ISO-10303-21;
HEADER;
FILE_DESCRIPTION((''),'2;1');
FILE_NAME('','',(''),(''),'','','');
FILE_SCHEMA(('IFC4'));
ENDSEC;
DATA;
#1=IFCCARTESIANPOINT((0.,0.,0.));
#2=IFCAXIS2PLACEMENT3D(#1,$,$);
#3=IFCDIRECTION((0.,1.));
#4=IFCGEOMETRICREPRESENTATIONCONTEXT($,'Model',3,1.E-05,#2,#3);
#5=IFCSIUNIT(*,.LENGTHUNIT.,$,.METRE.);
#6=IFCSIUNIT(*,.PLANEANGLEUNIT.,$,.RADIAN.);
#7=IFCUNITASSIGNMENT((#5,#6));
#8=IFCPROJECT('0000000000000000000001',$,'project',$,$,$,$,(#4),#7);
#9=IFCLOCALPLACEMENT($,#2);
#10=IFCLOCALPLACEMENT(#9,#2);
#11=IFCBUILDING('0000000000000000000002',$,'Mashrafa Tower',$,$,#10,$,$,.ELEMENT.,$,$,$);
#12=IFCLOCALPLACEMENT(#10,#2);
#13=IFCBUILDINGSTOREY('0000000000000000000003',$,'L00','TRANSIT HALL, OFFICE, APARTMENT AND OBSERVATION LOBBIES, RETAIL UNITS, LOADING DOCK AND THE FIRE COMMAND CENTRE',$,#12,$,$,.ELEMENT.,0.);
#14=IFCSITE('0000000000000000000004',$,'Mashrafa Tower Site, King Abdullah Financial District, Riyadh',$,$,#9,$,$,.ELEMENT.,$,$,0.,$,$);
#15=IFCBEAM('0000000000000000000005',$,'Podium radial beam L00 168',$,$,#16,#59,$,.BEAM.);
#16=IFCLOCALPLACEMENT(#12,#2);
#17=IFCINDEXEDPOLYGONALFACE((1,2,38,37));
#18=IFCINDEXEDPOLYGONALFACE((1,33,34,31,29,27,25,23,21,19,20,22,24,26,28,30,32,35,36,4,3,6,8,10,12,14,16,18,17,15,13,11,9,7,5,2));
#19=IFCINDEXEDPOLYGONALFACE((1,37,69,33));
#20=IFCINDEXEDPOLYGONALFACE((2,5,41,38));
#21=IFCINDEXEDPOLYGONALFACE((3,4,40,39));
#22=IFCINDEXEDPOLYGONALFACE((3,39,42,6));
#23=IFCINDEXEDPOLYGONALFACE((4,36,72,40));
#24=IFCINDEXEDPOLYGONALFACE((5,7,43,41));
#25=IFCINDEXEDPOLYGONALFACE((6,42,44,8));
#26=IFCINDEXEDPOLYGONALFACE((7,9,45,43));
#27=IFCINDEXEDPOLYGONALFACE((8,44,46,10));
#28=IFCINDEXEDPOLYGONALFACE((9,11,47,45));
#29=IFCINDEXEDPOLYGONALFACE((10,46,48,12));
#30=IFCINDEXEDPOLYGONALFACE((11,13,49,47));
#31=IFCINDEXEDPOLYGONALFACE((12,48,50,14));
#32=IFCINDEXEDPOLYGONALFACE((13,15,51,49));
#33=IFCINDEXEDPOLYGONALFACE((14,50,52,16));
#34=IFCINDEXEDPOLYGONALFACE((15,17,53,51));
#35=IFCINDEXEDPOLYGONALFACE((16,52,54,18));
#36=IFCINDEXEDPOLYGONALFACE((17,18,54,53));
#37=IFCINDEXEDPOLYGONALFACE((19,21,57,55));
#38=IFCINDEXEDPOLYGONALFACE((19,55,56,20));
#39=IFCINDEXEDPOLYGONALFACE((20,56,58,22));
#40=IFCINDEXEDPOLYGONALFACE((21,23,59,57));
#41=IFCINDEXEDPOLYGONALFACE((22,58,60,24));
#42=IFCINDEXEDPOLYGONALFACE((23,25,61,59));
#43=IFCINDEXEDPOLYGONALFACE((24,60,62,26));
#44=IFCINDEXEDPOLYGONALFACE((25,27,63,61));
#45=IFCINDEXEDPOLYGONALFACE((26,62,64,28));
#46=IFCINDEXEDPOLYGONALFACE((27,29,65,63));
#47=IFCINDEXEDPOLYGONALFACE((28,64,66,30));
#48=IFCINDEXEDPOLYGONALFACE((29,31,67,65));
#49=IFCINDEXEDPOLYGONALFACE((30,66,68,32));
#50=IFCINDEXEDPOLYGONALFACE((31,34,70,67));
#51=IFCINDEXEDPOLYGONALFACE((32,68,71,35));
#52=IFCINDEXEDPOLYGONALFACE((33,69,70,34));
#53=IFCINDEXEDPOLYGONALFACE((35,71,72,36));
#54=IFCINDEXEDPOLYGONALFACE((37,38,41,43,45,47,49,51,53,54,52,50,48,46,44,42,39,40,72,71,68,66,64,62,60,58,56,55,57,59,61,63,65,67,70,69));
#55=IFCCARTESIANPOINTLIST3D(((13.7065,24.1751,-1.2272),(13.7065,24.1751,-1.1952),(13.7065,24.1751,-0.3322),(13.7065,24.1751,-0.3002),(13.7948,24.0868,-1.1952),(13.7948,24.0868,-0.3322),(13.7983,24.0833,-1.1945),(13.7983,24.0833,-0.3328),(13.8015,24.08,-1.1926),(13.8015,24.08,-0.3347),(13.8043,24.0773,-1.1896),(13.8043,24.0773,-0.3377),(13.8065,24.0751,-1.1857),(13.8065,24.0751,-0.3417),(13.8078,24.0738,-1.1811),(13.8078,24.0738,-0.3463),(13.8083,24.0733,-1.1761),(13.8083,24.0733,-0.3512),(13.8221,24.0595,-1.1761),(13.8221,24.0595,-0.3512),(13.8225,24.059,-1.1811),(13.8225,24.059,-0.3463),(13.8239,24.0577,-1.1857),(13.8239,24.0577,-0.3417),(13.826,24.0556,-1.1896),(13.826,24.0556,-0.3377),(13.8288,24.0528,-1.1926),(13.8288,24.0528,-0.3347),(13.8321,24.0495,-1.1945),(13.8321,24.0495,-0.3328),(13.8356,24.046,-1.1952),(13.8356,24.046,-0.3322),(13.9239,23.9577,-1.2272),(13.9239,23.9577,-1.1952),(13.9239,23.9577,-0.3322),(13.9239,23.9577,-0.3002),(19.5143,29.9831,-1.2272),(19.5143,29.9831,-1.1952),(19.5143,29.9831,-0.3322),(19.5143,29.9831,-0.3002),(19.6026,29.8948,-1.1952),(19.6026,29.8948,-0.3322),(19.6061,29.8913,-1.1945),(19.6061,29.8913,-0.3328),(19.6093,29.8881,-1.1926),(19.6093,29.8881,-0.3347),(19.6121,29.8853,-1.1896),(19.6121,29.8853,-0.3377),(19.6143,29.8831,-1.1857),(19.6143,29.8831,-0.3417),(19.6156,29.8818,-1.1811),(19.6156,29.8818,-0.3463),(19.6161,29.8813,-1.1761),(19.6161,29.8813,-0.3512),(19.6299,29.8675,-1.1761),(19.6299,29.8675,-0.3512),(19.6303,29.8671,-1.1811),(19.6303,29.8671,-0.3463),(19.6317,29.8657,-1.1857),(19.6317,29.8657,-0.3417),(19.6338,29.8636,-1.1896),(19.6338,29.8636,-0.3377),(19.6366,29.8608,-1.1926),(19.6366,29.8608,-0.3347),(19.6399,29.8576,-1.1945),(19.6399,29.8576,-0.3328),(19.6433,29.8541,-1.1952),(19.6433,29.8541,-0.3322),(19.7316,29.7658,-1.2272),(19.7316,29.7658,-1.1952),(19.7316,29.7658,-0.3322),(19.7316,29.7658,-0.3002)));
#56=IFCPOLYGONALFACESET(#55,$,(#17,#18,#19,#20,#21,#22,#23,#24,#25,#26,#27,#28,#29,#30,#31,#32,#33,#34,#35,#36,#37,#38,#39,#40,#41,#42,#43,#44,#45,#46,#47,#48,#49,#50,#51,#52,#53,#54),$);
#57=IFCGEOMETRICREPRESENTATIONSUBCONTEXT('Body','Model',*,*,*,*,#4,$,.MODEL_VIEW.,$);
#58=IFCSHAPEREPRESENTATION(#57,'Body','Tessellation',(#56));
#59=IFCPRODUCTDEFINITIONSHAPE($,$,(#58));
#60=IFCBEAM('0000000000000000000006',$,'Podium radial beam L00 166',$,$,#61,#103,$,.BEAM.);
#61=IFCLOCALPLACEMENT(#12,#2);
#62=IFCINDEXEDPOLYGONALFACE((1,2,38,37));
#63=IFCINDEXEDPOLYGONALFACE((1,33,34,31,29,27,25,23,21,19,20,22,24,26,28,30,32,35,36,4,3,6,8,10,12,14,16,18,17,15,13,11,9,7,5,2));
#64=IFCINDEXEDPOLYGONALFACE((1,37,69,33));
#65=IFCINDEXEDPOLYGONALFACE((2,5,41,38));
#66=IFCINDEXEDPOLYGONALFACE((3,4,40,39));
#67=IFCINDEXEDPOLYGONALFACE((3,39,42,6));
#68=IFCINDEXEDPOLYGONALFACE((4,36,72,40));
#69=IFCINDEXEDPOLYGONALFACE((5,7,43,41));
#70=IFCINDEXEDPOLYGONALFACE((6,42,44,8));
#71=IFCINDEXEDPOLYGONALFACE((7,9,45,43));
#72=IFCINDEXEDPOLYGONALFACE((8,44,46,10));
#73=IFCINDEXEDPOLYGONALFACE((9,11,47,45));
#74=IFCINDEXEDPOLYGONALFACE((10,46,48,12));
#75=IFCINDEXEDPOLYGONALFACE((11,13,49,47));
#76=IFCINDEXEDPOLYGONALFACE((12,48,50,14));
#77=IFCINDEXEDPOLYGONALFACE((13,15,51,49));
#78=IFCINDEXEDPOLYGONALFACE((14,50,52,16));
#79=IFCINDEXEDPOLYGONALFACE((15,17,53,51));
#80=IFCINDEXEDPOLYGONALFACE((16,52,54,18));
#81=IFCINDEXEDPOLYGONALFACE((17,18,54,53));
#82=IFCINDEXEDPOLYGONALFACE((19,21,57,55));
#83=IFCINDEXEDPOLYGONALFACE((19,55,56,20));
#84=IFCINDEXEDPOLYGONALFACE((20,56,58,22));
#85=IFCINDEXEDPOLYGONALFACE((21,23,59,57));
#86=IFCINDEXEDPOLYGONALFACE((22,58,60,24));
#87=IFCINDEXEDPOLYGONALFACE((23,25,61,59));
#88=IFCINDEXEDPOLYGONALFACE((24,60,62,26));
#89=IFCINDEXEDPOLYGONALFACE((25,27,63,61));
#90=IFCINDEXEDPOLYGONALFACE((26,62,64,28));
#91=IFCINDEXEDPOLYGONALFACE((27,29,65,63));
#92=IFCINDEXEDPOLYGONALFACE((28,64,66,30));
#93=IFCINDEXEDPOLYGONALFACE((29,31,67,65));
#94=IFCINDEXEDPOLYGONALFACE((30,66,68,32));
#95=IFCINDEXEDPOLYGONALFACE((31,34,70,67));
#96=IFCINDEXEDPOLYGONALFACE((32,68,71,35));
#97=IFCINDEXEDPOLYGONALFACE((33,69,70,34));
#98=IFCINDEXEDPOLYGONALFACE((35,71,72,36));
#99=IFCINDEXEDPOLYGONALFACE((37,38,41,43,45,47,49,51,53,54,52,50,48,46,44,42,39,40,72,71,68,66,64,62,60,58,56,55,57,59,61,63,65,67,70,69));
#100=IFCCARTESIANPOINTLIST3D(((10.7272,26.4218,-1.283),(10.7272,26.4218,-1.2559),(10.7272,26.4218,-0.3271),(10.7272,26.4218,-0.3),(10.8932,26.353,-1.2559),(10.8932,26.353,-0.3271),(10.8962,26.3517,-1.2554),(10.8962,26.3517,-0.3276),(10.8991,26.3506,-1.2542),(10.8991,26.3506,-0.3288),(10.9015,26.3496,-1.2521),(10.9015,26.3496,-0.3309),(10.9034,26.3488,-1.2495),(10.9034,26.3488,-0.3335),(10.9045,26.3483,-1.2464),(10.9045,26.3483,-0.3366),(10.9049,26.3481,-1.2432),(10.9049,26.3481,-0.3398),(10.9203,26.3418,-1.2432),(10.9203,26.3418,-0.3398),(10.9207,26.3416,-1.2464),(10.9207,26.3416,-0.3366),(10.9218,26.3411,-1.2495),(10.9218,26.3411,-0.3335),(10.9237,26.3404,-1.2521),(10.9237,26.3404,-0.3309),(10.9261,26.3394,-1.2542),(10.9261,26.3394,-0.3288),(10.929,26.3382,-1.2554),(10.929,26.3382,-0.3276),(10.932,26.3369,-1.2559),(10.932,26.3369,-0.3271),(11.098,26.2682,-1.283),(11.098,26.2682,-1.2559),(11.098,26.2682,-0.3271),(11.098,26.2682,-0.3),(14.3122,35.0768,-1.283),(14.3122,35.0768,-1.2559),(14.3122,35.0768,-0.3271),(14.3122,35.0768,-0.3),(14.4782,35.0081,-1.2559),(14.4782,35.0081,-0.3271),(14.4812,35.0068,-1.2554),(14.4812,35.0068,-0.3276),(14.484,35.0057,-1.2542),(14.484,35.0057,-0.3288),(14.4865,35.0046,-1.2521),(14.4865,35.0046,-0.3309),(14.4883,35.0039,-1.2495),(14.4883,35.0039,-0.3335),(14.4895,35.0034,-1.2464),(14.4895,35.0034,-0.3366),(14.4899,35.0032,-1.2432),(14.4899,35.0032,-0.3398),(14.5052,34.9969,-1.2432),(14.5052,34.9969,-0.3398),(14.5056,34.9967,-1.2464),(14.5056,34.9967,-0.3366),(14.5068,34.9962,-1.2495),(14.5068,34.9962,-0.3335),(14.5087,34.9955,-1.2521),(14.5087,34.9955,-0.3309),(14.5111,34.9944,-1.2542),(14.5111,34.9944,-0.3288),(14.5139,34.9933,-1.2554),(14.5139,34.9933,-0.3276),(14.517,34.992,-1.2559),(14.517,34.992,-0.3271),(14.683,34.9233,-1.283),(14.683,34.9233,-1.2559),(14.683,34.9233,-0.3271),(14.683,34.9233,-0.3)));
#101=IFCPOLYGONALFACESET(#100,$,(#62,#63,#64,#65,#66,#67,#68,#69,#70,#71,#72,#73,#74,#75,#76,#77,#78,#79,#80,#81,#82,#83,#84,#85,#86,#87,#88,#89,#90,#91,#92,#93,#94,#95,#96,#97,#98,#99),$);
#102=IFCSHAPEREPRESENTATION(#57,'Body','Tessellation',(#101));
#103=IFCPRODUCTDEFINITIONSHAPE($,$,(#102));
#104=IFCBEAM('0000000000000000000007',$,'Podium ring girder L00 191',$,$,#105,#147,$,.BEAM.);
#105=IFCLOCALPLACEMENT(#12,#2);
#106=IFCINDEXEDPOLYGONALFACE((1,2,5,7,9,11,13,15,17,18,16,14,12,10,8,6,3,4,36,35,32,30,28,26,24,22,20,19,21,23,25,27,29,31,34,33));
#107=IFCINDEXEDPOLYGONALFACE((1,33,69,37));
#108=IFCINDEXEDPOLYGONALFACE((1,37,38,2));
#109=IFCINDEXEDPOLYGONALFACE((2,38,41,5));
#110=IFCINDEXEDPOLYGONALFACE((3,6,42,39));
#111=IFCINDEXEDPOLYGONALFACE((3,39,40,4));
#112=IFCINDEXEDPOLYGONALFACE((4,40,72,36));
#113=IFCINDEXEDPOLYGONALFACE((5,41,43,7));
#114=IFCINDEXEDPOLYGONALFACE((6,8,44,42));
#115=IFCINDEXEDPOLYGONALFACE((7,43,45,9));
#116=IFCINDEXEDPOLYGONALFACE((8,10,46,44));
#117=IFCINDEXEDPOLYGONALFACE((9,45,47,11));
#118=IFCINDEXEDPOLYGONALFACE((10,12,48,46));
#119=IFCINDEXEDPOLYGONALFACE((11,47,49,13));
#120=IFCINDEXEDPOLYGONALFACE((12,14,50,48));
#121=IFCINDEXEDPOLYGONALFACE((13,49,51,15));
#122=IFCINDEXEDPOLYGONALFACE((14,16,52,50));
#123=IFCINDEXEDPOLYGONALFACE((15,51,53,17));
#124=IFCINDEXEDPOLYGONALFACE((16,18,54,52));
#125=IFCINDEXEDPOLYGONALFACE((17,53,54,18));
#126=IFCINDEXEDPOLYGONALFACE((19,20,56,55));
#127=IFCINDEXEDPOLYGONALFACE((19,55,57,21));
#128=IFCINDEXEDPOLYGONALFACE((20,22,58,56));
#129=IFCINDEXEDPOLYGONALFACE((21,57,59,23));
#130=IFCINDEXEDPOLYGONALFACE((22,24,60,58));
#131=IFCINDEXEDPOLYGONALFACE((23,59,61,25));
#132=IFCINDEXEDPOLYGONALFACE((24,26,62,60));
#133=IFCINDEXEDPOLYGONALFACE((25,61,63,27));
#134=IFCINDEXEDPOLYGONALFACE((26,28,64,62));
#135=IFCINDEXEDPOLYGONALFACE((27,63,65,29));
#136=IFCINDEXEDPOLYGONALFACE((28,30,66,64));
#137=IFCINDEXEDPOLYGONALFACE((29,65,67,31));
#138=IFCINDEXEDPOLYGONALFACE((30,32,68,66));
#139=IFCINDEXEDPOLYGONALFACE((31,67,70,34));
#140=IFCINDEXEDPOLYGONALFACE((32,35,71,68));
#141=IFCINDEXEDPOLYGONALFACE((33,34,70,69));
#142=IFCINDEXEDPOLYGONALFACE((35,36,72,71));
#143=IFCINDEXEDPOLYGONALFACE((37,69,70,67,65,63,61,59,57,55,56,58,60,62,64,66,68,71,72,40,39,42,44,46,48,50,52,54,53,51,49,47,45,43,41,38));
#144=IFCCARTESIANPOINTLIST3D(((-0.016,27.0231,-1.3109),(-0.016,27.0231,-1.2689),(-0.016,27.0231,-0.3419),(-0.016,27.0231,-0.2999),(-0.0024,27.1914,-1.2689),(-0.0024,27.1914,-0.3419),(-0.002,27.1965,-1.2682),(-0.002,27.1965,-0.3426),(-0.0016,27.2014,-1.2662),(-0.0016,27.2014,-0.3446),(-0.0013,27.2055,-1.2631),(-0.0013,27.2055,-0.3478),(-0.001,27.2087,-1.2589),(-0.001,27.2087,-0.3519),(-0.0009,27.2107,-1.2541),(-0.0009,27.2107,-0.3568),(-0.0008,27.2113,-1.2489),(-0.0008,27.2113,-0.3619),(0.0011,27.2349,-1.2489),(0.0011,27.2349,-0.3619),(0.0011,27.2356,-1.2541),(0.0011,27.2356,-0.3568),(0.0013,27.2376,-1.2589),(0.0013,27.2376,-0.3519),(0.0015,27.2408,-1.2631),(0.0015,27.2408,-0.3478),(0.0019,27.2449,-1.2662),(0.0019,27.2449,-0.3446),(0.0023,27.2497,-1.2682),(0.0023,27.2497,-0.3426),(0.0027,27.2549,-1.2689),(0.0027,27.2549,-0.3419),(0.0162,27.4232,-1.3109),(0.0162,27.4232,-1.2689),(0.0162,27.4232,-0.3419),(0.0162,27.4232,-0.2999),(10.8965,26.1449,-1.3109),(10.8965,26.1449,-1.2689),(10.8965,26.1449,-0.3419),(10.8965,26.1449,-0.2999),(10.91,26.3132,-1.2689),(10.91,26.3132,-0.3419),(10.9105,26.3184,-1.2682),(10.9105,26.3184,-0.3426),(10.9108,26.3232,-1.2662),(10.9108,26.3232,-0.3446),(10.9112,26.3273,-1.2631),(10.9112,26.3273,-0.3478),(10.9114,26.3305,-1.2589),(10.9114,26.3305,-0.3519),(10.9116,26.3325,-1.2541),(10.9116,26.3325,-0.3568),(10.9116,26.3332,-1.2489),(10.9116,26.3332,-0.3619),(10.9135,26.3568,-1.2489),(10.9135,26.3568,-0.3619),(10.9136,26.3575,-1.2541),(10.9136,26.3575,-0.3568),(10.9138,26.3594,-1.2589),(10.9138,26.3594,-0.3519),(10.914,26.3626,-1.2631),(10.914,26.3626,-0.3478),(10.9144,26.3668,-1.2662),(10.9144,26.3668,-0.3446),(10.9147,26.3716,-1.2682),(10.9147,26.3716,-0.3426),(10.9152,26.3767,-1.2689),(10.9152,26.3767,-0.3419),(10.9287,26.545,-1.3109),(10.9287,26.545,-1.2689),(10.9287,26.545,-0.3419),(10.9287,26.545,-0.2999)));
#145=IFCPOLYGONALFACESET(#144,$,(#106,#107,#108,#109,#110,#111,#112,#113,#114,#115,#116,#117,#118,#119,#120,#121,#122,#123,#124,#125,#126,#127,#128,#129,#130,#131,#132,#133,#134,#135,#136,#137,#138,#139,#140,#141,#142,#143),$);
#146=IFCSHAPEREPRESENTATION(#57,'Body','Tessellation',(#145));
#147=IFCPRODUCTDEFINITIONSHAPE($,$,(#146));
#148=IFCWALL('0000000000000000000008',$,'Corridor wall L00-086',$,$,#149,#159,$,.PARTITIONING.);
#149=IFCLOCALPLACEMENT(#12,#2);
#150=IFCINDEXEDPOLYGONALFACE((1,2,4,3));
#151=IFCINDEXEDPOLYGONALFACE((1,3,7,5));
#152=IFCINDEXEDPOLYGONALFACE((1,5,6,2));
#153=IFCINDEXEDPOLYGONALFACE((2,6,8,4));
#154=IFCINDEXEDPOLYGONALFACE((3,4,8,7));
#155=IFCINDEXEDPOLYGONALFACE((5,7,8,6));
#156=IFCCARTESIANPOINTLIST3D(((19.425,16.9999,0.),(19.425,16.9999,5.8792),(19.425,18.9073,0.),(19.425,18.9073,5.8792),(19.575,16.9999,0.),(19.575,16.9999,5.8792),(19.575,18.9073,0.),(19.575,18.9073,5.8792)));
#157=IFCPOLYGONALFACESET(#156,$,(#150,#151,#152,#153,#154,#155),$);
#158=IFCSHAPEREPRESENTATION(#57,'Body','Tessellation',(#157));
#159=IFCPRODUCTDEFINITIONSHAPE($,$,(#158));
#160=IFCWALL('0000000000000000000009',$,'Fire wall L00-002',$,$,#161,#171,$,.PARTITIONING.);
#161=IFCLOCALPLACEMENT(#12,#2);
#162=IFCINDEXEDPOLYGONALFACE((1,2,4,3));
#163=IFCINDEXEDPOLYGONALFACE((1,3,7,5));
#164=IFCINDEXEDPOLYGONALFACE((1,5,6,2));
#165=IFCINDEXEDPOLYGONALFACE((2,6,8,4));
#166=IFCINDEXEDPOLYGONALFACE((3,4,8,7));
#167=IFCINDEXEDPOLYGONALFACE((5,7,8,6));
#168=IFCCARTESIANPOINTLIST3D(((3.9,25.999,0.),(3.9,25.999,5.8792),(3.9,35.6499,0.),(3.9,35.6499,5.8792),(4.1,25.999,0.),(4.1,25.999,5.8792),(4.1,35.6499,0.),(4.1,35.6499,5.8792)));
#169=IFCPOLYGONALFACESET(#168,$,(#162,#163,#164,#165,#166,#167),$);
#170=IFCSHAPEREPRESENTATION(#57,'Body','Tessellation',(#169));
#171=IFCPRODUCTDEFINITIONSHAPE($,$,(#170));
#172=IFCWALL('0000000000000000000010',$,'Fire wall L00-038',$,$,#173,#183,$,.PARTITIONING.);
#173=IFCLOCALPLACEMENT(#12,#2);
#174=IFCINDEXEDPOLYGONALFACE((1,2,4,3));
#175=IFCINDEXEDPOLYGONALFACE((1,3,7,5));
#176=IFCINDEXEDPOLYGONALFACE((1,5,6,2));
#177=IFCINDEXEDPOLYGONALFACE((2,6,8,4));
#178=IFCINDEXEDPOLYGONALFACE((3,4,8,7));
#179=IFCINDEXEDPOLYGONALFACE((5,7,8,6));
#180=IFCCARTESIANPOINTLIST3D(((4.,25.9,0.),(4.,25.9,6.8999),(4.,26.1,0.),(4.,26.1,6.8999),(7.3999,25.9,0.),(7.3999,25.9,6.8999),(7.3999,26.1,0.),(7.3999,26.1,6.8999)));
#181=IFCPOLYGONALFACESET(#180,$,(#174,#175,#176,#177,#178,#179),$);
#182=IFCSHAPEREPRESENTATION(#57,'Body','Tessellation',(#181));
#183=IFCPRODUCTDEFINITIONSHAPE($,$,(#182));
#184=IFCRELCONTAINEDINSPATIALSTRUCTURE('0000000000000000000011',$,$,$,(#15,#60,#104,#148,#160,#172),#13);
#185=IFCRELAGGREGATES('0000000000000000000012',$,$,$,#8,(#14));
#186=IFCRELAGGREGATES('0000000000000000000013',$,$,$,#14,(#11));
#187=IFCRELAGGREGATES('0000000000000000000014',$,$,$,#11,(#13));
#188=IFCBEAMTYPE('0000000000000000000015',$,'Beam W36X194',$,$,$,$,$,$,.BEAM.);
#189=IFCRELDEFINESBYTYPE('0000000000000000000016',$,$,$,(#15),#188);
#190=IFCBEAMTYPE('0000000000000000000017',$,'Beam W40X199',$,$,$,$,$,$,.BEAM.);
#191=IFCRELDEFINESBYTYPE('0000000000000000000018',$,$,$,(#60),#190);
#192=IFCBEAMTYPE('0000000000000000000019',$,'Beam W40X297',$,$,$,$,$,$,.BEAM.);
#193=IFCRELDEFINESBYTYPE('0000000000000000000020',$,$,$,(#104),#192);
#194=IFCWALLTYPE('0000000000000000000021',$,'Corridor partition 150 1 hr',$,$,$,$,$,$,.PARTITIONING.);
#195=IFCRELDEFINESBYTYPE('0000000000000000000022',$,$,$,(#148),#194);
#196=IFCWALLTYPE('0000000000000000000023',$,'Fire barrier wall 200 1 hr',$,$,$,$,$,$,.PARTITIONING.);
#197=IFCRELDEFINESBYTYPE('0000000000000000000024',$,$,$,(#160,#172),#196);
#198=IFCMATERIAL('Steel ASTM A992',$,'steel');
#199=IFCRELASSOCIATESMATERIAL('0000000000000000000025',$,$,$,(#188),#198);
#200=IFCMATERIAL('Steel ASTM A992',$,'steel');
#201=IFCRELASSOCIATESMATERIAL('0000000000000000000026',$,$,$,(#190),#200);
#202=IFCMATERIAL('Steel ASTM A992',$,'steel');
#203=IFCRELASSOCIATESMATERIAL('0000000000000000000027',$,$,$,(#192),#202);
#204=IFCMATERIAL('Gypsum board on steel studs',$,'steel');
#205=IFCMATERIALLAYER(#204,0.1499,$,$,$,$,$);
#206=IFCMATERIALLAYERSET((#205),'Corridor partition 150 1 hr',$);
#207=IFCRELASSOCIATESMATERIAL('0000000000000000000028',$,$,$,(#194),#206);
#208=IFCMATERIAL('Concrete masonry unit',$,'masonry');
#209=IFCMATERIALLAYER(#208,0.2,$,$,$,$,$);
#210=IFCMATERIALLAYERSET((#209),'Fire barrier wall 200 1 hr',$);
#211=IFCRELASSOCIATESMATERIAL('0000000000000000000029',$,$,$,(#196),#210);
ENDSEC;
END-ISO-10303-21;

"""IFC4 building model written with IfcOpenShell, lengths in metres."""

from ifc_helpers import new_model, si_unit, direction, frame, frame_2d, origin, origin_2d, place, context, subcontext, project, spatial, rectangle, i_section, extrude, material, layer, layer_set, material_profile, profile_set, type_object, element, save


model = new_model("IFC4")

# Units and contexts
model_context = context("Model", 3, precision=1e-05, world=origin(), true_north=direction((0.0, 1.0)))
body_context = subcontext(model_context, "Body", "Model", "MODEL_VIEW")
ifc_project = project(units=[si_unit("LENGTHUNIT", "METRE"), si_unit("PLANEANGLEUNIT", "RADIAN")], contexts=[model_context])

# Site, building, storey
site_placement = place(None, origin())
site = spatial("IfcSite", under=ifc_project, at=site_placement, Name="Mashrafa Tower Site, King Abdullah Financial District, Riyadh", CompositionType="ELEMENT", RefElevation=0.0)
building_placement = place(site_placement, origin())
building = spatial("IfcBuilding", under=site, at=building_placement, Name="Mashrafa Tower", CompositionType="ELEMENT")
storey_placement = place(building_placement, origin())
storey = spatial("IfcBuildingStorey", under=building, at=storey_placement, Name="L00", Description="TRANSIT HALL, OFFICE, APARTMENT AND OBSERVATION LOBBIES, RETAIL UNITS, LOADING DOCK AND THE FIRE COMMAND CENTRE", CompositionType="ELEMENT", Elevation=0.0)

# Beams
ifc_material_1 = material(Name="Steel ASTM A992", Category="steel")
ifc_material_profile_1 = material_profile(ifc_material_1, i_section(OverallWidth=0.3074, OverallDepth=0.927, WebThickness=0.0195, FlangeThickness=0.032, FilletRadius=0.019, at=origin_2d()), Name="W36X194")
ifc_profile_set_1 = profile_set([ifc_material_profile_1], Name="Steel ASTM A992")
beam_type_1 = type_object("IfcBeamType", Name="Beam W36X194", PredefinedType="BEAM", material=ifc_profile_set_1)
beam_1_placement = place(storey_placement, frame((13.8152, 24.0664, -0.7637), z_axis=(0.707092, 0.707122, 0.0), x_axis=(-0.707122, 0.707092, 0.0)))
element("IfcBeam", 1, at=beam_1_placement, inside=storey, type_object=beam_type_1, Name="Podium radial beam L00 168", PredefinedType="BEAM", context=body_context, shape_type="SweptSolid", body=[
    extrude(i_section(OverallWidth=0.3074, OverallDepth=0.927, WebThickness=0.0195, FlangeThickness=0.032, FilletRadius=0.019, at=origin_2d()), origin(), (0.0, 0.0, 1.0), 8.2136),
])
ifc_material_2 = material(Name="Steel ASTM A992", Category="steel")
ifc_material_profile_2 = material_profile(ifc_material_2, i_section(OverallWidth=0.4014, OverallDepth=0.9829, WebThickness=0.0166, FlangeThickness=0.0271, FilletRadius=0.0127, at=origin_2d()), Name="W40X199")
ifc_profile_set_2 = profile_set([ifc_material_profile_2], Name="Steel ASTM A992")
beam_type_2 = type_object("IfcBeamType", Name="Beam W40X199", PredefinedType="BEAM", material=ifc_profile_set_2)
beam_2_placement = place(storey_placement, frame((10.9126, 26.345, -0.7915), z_axis=(0.382677, 0.923882, 0.0), x_axis=(-0.923882, 0.382677, 0.0)))
element("IfcBeam", 2, at=beam_2_placement, inside=storey, type_object=beam_type_2, Name="Podium radial beam L00 166", PredefinedType="BEAM", context=body_context, shape_type="SweptSolid", body=[
    extrude(i_section(OverallWidth=0.4014, OverallDepth=0.9829, WebThickness=0.0166, FlangeThickness=0.0271, FilletRadius=0.0127, at=origin_2d()), origin(), (0.0, 0.0, 1.0), 9.3682),
])
ifc_material_3 = material(Name="Steel ASTM A992", Category="steel")
ifc_material_profile_3 = material_profile(ifc_material_3, i_section(OverallWidth=0.4014, OverallDepth=1.011, WebThickness=0.0237, FlangeThickness=0.042, FilletRadius=0.02, at=origin_2d()), Name="W40X297")
ifc_profile_set_3 = profile_set([ifc_material_profile_3], Name="Steel ASTM A992")
beam_type_3 = type_object("IfcBeamType", Name="Beam W40X297", PredefinedType="BEAM", material=ifc_profile_set_3)
beam_3_placement = place(storey_placement, frame((10.9126, 26.345, -0.8054), z_axis=(-0.996778, 0.080214, 0.0), x_axis=(-0.080214, -0.996778, 0.0)))
element("IfcBeam", 3, at=beam_3_placement, inside=storey, type_object=beam_type_3, Name="Podium ring girder L00 191", PredefinedType="BEAM", context=body_context, shape_type="SweptSolid", body=[
    extrude(i_section(OverallWidth=0.4014, OverallDepth=1.011, WebThickness=0.0237, FlangeThickness=0.042, FilletRadius=0.02, at=origin_2d()), origin(), (0.0, 0.0, 1.0), 10.9478),
])

# Walls
ifc_material_4 = material(Name="Gypsum board on steel studs", Category="steel")
ifc_layer_1 = layer(ifc_material_4, 0.1499)
ifc_layer_set_1 = layer_set([ifc_layer_1], Name="Corridor partition 150 1 hr")
wall_type_1 = type_object("IfcWallType", Name="Corridor partition 150 1 hr", PredefinedType="PARTITIONING", material=ifc_layer_set_1)
wall_1_placement = place(storey_placement, frame((19.5, 17.0, 0.0), z_axis=(0.0, 0.0, 1.0), x_axis=(0.0, 1.0, 0.0)))
element("IfcWall", 4, at=wall_1_placement, inside=storey, type_object=wall_type_1, Name="Corridor wall L00-086", PredefinedType="PARTITIONING", context=body_context, shape_type="SweptSolid", body=[
    extrude(rectangle(XDim=1.9075, YDim=0.1499, at=frame_2d((0.9536, 0.0))), origin(), (0.0, 0.0, 1.0), 5.8792),
])
ifc_material_5 = material(Name="Concrete masonry unit", Category="masonry")
ifc_layer_2 = layer(ifc_material_5, 0.2)
ifc_layer_set_2 = layer_set([ifc_layer_2], Name="Fire barrier wall 200 1 hr")
wall_type_2 = type_object("IfcWallType", Name="Fire barrier wall 200 1 hr", PredefinedType="PARTITIONING", material=ifc_layer_set_2)
wall_2_placement = place(storey_placement, frame((4.0, 25.999, 0.0), z_axis=(0.0, 0.0, 1.0), x_axis=(0.0, 1.0, 0.0)))
element("IfcWall", 5, at=wall_2_placement, inside=storey, type_object=wall_type_2, Name="Fire wall L00-002", PredefinedType="PARTITIONING", context=body_context, shape_type="SweptSolid", body=[
    extrude(rectangle(XDim=9.6509, YDim=0.2, at=frame_2d((4.8254, 0.0))), origin(), (0.0, 0.0, 1.0), 5.8792),
])
wall_3_placement = place(storey_placement, frame((4.0, 26.0, 0.0), z_axis=(0.0, 0.0, 1.0), x_axis=(1.0, 0.0, 0.0)))
element("IfcWall", 6, at=wall_3_placement, inside=storey, type_object=wall_type_2, Name="Fire wall L00-038", PredefinedType="PARTITIONING", context=body_context, shape_type="SweptSolid", body=[
    extrude(rectangle(XDim=3.3999, YDim=0.2, at=frame_2d((1.7, 0.0))), origin(), (0.0, 0.0, 1.0), 6.8999),
])

save(model, "model.ifc")
